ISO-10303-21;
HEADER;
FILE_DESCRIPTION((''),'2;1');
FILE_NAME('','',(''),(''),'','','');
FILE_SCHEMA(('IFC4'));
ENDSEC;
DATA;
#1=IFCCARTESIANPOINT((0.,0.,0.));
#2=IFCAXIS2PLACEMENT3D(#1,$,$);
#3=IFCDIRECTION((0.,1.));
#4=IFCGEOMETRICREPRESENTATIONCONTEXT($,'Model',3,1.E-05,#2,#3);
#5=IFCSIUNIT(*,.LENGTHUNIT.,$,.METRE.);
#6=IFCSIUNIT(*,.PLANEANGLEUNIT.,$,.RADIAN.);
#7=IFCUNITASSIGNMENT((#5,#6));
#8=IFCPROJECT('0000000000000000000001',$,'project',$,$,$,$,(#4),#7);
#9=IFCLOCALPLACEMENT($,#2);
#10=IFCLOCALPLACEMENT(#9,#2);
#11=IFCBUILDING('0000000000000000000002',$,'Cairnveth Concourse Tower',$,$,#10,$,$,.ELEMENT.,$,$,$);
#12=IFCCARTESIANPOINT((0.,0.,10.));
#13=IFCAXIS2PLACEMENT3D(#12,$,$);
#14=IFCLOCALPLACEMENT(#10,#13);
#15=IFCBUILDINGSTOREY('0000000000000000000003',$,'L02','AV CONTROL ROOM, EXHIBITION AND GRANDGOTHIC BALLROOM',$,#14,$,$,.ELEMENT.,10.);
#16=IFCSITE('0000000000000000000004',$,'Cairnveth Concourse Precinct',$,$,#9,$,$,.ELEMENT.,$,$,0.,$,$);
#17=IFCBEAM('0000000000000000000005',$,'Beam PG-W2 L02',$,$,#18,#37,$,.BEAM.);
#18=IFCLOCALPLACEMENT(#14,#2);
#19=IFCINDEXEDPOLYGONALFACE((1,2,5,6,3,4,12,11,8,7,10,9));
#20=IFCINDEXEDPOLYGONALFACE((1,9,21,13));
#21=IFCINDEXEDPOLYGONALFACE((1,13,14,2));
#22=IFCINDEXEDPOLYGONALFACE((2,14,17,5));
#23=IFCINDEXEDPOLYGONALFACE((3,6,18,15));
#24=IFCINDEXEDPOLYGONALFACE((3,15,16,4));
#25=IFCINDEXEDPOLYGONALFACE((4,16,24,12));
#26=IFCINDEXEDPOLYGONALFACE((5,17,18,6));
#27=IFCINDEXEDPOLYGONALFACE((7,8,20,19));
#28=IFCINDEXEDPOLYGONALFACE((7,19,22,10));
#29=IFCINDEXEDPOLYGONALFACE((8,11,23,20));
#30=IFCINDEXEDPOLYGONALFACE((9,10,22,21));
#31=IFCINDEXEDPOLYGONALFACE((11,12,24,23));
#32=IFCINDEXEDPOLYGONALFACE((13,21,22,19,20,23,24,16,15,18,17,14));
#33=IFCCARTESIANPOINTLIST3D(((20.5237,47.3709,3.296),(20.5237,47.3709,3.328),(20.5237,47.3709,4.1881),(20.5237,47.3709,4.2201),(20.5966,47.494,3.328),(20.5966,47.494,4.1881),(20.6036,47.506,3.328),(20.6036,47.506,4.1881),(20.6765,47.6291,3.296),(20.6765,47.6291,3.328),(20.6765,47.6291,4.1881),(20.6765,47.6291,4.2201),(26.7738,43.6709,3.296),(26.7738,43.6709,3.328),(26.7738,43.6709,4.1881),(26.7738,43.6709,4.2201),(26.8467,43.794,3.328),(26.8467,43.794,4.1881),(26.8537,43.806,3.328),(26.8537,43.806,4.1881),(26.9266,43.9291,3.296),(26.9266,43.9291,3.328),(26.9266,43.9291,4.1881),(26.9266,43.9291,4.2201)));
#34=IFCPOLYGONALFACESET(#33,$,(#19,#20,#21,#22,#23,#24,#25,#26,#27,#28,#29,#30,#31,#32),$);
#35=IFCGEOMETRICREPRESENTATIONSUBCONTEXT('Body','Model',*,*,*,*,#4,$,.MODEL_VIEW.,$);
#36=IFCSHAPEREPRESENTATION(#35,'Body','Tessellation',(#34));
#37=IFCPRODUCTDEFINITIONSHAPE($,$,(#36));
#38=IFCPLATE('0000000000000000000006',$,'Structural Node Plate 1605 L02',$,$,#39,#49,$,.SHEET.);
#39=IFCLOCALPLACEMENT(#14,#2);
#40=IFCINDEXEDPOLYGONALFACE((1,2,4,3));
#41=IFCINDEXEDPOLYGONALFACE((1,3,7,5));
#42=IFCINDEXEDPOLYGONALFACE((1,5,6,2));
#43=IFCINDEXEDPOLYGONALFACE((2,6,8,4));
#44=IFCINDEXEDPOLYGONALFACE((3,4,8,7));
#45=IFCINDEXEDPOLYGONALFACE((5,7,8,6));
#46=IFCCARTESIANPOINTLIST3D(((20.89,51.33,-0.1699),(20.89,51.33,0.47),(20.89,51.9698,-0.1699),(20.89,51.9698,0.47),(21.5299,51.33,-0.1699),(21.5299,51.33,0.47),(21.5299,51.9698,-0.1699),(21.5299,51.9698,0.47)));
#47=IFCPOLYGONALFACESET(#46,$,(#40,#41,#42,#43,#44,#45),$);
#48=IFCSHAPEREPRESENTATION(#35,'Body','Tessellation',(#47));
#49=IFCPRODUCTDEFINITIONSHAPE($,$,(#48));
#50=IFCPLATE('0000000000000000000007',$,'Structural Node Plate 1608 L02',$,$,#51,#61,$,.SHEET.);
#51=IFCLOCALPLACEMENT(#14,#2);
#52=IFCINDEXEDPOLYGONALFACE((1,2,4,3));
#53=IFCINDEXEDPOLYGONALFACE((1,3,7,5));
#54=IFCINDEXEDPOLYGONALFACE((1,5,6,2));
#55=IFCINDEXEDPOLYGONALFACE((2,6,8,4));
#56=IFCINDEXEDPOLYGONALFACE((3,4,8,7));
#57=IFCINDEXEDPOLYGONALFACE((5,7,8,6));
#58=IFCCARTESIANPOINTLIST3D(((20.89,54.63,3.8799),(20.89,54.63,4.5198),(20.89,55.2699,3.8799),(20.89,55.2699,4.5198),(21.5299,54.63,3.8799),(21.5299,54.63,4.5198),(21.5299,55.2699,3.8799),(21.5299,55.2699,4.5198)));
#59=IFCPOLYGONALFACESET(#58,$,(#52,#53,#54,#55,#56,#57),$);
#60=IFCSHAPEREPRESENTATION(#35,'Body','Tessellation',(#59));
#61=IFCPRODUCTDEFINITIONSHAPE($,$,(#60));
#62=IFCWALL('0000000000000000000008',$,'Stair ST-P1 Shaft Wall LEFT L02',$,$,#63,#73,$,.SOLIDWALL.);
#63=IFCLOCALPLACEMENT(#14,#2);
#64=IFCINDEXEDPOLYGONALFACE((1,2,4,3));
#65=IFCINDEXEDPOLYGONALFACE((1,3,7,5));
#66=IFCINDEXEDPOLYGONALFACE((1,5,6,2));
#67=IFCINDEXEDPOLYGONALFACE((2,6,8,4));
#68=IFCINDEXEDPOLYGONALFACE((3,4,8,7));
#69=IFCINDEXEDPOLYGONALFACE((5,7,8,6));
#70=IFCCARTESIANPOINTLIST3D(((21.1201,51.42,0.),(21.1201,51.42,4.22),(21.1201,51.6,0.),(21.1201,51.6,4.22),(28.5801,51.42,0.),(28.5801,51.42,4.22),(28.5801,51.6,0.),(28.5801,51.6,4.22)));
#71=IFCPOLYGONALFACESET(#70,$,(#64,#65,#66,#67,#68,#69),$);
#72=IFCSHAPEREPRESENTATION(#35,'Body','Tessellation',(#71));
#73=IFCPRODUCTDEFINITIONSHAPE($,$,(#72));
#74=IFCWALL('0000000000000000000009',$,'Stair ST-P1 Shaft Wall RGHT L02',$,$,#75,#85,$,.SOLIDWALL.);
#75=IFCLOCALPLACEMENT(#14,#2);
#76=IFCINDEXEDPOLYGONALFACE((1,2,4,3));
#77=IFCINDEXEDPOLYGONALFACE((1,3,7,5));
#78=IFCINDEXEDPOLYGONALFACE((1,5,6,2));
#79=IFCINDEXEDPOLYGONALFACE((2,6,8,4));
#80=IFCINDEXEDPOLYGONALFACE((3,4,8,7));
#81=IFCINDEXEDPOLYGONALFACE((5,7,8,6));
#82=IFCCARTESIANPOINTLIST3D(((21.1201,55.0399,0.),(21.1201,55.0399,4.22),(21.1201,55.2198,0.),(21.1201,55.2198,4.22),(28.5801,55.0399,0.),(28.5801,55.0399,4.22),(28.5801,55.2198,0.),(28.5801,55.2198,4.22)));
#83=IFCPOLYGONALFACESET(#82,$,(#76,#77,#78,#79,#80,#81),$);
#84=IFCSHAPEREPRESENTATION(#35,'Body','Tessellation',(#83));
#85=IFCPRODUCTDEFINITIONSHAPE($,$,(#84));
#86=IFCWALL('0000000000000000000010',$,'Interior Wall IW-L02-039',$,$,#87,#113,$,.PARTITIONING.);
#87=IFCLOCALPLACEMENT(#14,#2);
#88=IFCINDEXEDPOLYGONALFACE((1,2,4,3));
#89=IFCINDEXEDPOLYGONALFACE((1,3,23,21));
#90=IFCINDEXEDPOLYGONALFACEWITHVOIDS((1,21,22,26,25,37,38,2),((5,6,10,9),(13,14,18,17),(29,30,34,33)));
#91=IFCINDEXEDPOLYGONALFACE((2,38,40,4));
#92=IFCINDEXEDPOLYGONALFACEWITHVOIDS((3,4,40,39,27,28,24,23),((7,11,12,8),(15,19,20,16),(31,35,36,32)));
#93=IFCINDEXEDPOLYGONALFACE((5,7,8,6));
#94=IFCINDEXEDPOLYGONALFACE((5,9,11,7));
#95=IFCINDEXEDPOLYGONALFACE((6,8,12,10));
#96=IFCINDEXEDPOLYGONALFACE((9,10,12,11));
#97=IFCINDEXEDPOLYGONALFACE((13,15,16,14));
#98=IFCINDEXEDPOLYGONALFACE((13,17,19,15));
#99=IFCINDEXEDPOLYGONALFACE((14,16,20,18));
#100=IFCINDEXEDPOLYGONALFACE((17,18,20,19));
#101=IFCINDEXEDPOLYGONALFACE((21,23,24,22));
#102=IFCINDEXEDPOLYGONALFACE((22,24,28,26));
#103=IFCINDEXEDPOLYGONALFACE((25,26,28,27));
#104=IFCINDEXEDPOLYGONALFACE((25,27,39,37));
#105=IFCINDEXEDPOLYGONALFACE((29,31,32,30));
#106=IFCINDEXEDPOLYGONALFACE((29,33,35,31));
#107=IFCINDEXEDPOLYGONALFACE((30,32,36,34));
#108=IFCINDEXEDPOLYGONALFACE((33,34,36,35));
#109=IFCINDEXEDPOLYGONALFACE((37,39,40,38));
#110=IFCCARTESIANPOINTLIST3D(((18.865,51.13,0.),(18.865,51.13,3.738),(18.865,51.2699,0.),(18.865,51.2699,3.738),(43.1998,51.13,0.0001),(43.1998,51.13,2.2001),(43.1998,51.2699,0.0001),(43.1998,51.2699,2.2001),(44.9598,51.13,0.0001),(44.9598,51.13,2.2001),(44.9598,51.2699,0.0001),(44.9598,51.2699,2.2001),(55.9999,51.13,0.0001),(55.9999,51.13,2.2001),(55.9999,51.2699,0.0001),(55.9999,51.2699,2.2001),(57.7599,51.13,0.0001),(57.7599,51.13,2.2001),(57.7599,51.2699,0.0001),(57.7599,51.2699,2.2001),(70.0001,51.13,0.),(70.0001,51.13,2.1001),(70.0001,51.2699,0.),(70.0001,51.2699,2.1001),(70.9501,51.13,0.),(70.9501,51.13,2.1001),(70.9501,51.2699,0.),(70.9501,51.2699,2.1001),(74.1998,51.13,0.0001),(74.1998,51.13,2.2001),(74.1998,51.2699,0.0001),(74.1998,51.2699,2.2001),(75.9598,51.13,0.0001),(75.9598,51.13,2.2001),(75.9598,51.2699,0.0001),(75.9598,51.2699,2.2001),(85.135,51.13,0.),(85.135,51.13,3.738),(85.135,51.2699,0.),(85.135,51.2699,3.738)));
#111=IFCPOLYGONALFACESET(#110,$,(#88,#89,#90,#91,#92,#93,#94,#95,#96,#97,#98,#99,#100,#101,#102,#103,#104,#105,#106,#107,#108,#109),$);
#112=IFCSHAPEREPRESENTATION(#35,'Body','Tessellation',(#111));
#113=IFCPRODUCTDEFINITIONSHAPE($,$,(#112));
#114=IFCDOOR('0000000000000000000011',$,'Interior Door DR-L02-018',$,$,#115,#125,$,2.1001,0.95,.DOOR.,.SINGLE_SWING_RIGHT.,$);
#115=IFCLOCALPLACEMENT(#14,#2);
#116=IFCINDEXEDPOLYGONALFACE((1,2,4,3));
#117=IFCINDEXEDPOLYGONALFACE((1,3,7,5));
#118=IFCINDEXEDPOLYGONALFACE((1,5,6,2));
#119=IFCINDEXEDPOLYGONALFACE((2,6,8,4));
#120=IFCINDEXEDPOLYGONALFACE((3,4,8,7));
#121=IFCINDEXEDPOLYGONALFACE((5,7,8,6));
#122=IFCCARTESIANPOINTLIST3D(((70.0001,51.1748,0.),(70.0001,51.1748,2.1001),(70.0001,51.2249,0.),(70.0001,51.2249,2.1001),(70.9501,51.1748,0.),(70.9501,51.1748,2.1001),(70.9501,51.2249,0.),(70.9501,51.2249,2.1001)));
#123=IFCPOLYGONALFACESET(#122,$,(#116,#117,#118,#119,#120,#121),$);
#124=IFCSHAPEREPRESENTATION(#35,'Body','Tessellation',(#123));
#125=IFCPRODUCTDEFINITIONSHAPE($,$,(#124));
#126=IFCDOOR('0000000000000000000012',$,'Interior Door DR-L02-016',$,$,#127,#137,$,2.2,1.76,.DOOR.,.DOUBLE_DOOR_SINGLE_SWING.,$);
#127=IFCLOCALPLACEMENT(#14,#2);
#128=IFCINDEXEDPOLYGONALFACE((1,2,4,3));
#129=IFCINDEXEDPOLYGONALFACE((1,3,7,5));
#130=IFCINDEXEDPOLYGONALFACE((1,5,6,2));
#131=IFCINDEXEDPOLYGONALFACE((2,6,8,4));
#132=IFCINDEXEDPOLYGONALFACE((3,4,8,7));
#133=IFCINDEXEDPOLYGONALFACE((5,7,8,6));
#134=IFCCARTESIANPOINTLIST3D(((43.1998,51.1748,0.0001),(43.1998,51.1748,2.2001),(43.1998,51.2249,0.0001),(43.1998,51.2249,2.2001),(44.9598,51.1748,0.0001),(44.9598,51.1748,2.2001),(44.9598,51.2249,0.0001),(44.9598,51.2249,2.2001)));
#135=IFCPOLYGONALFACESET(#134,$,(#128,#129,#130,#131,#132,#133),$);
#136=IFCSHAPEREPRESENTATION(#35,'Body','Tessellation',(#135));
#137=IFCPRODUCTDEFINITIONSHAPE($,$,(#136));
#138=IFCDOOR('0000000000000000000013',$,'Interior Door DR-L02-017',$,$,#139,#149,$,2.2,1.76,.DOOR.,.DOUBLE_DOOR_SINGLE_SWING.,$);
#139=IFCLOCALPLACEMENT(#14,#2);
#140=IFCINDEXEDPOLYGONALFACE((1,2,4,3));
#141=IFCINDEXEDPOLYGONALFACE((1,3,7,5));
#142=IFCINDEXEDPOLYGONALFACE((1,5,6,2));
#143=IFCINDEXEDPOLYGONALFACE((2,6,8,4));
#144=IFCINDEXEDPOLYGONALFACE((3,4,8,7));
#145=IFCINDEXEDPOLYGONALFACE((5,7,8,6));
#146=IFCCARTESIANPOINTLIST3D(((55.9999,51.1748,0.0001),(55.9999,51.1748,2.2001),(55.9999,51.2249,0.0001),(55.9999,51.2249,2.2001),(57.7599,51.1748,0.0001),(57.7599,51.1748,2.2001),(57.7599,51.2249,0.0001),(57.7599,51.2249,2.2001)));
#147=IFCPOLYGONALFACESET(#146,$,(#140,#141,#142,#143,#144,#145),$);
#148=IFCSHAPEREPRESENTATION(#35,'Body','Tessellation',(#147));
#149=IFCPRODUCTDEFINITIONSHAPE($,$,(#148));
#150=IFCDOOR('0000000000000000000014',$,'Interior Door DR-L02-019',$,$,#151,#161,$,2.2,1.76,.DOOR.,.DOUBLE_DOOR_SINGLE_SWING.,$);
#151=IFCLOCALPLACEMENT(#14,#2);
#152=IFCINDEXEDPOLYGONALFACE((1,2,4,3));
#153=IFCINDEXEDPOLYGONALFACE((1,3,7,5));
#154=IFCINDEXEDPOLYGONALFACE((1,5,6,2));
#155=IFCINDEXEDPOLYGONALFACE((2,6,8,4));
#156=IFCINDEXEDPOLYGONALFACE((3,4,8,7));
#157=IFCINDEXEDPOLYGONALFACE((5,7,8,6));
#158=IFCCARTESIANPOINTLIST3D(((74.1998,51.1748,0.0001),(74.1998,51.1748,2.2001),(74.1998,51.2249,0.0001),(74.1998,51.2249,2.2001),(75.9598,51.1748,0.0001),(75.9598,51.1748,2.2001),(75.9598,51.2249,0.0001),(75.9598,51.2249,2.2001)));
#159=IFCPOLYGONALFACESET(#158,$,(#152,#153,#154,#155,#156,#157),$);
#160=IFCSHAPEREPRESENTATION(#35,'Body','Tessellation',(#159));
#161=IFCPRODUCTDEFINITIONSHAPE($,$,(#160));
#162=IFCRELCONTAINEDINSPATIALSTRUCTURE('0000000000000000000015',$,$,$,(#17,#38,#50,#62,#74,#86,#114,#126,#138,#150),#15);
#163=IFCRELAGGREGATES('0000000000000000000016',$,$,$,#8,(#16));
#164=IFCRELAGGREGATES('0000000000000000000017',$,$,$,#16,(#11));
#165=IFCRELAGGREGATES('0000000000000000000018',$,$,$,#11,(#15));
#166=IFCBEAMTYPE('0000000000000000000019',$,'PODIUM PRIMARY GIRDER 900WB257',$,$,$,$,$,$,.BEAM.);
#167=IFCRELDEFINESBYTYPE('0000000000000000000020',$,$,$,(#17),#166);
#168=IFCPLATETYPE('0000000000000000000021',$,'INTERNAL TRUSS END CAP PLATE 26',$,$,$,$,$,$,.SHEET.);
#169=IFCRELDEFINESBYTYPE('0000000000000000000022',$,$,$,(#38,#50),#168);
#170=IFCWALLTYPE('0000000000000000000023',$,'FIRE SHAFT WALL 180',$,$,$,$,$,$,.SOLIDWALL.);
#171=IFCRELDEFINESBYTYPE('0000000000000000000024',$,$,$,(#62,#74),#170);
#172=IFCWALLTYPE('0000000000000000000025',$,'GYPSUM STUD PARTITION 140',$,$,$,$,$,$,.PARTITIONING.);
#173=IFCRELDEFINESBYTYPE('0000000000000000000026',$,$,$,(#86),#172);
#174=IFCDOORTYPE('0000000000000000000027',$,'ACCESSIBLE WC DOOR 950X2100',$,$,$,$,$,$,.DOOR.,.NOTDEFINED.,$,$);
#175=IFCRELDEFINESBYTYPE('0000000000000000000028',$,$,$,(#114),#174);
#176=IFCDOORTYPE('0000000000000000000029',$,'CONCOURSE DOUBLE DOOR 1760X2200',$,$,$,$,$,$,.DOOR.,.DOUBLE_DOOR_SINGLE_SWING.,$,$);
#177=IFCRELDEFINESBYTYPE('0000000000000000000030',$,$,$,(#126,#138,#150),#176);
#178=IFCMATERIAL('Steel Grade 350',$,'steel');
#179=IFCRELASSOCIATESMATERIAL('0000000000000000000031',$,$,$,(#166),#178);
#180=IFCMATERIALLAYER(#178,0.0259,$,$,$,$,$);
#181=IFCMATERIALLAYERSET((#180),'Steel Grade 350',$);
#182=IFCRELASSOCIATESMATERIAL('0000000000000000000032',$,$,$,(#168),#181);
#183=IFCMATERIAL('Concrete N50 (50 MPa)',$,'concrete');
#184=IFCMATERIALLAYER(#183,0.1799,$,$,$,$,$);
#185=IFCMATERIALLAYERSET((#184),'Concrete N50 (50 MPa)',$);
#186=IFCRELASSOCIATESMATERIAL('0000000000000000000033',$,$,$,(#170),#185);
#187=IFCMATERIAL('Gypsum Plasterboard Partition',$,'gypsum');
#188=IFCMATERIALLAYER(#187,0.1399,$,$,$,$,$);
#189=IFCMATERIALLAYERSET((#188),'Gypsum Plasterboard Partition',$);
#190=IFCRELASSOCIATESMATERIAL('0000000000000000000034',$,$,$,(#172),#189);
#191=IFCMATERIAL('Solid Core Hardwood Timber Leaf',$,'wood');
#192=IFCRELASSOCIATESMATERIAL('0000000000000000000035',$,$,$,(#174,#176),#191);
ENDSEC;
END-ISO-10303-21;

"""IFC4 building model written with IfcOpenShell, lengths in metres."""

from ifc_helpers import new_model, si_unit, direction, frame, frame_2d, origin, origin_2d, place, context, subcontext, project, spatial, rectangle, i_section, extrude, material, layer, layer_set, material_profile, profile_set, type_object, element, fill, save


model = new_model("IFC4")

# Units and contexts
model_context = context("Model", 3, precision=1e-05, world=origin(), true_north=direction((0.0, 1.0)))
body_context = subcontext(model_context, "Body", "Model", "MODEL_VIEW")
ifc_project = project(units=[si_unit("LENGTHUNIT", "METRE"), si_unit("PLANEANGLEUNIT", "RADIAN")], contexts=[model_context])

# Site, building, storey
site_placement = place(None, origin())
site = spatial("IfcSite", under=ifc_project, at=site_placement, Name="Cairnveth Concourse Precinct", CompositionType="ELEMENT", RefElevation=0.0)
building_placement = place(site_placement, origin())
building = spatial("IfcBuilding", under=site, at=building_placement, Name="Cairnveth Concourse Tower", CompositionType="ELEMENT")
storey_placement = place(building_placement, frame((0.0, 0.0, 10.0)))
storey = spatial("IfcBuildingStorey", under=building, at=storey_placement, Name="L02", Description="AV CONTROL ROOM, EXHIBITION AND GRANDGOTHIC BALLROOM", CompositionType="ELEMENT", Elevation=10.0)

# Shared definitions
ifc_material_1 = material(Name="Steel Grade 350", Category="steel")

# Beam
ifc_material_profile_1 = material_profile(ifc_material_1, i_section(OverallWidth=0.3, OverallDepth=0.9241, WebThickness=0.0139, FlangeThickness=0.032, at=origin_2d()), Name="900WB257")
ifc_profile_set_1 = profile_set([ifc_material_profile_1], Name="Steel Grade 350")
beam_type_1 = type_object("IfcBeamType", Name="PODIUM PRIMARY GIRDER 900WB257", PredefinedType="BEAM", material=ifc_profile_set_1)
beam_1_placement = place(storey_placement, frame((20.6001, 47.5, 3.7581), z_axis=(0.860518, -0.50942, 0.0), x_axis=(0.50942, 0.860518, 0.0)))
element("IfcBeam", 1, at=beam_1_placement, inside=storey, type_object=beam_type_1, Name="Beam PG-W2 L02", PredefinedType="BEAM", context=body_context, shape_type="SweptSolid", body=[
    extrude(i_section(OverallWidth=0.3, OverallDepth=0.9241, WebThickness=0.0139, FlangeThickness=0.032, at=origin_2d()), origin(), (0.0, 0.0, 1.0), 7.2632),
])

# Plates
ifc_layer_1 = layer(ifc_material_1, 0.0259)
ifc_layer_set_1 = layer_set([ifc_layer_1], Name="Steel Grade 350")
plate_type = type_object("IfcPlateType", Name="INTERNAL TRUSS END CAP PLATE 26", PredefinedType="SHEET", material=ifc_layer_set_1)
for number, where, z_axis, x_axis, name in (
    (2, (21.21, 51.6499, -0.1699), (0.0, 0.0, 1.0), (1.0, 0.0, 0.0), "Structural Node Plate 1605 L02"),
    (3, (21.21, 54.95, 3.8799), (0.0, 0.0, 1.0), (1.0, 0.0, 0.0), "Structural Node Plate 1608 L02"),
):
    element("IfcPlate", number, at=place(storey_placement, frame(where, z_axis=z_axis, x_axis=x_axis)), inside=storey, type_object=plate_type, Name=name, PredefinedType="SHEET", context=body_context, shape_type="SweptSolid", body=[
        extrude(rectangle(XDim=0.6399, YDim=0.6399, at=origin_2d()), origin(), (0.0, 0.0, 1.0), 0.6399),
    ])

# Shared definitions
ifc_material_2 = material(Name="Concrete N50 (50 MPa)", Category="concrete")
ifc_layer_2 = layer(ifc_material_2, 0.1799)
ifc_layer_set_2 = layer_set([ifc_layer_2], Name="Concrete N50 (50 MPa)")
wall_type_1 = type_object("IfcWallType", Name="FIRE SHAFT WALL 180", PredefinedType="SOLIDWALL", material=ifc_layer_set_2)

# Walls
for number, where, z_axis, x_axis, name in (
    (4, (21.1201, 51.51, 0.0), (0.0, 0.0, 1.0), (1.0, 0.0, 0.0), "Stair ST-P1 Shaft Wall LEFT L02"),
    (5, (21.1201, 55.1299, 0.0), (0.0, 0.0, 1.0), (1.0, 0.0, 0.0), "Stair ST-P1 Shaft Wall RGHT L02"),
):
    element("IfcWall", number, at=place(storey_placement, frame(where, z_axis=z_axis, x_axis=x_axis)), inside=storey, type_object=wall_type_1, Name=name, PredefinedType="SOLIDWALL", context=body_context, shape_type="SweptSolid", body=[
        extrude(rectangle(XDim=7.46, YDim=0.1799, at=frame_2d((3.73, 0.0))), origin(), (0.0, 0.0, 1.0), 4.22),
    ])

# Wall, openings, doors
ifc_material_3 = material(Name="Gypsum Plasterboard Partition", Category="gypsum")
ifc_layer_3 = layer(ifc_material_3, 0.1399)
ifc_layer_set_3 = layer_set([ifc_layer_3], Name="Gypsum Plasterboard Partition")
wall_type_2 = type_object("IfcWallType", Name="GYPSUM STUD PARTITION 140", PredefinedType="PARTITIONING", material=ifc_layer_set_3)
wall_1_placement = place(storey_placement, frame((18.865, 51.2, 0.0), z_axis=(0.0, 0.0, 1.0), x_axis=(1.0, 0.0, 0.0)))
wall_1 = element("IfcWall", 6, at=wall_1_placement, inside=storey, type_object=wall_type_2, Name="Interior Wall IW-L02-039", PredefinedType="PARTITIONING", context=body_context, shape_type="SweptSolid", body=[
    extrude(rectangle(XDim=66.27, YDim=0.1399, at=frame_2d((33.135, 0.0))), origin(), (0.0, 0.0, 1.0), 3.738),
])
opening_1_placement = place(wall_1_placement, frame((24.335, 0.0, 0.0)))
opening_1 = element("IfcOpeningElement", 7, at=opening_1_placement, cuts=wall_1, PredefinedType="OPENING", context=body_context, shape_type="SweptSolid", body=[
    extrude(rectangle(XDim=1.76, YDim=2.2, at=frame_2d((0.8799, 1.1001))), frame((0.0, 0.0798, 0.0), z_axis=(0.0, -1.0, 0.0), x_axis=(1.0, 0.0, 0.0)), (0.0, 0.0, 1.0), 0.1599),
])
opening_2_placement = place(wall_1_placement, frame((37.135, 0.0, 0.0)))
opening_2 = element("IfcOpeningElement", 8, at=opening_2_placement, cuts=wall_1, PredefinedType="OPENING", context=body_context, shape_type="SweptSolid", body=[
    extrude(rectangle(XDim=1.76, YDim=2.2, at=frame_2d((0.8799, 1.1001))), frame((0.0, 0.0798, 0.0), z_axis=(0.0, -1.0, 0.0), x_axis=(1.0, 0.0, 0.0)), (0.0, 0.0, 1.0), 0.1599),
])
opening_3_placement = place(wall_1_placement, frame((51.135, 0.0, 0.0)))
opening_3 = element("IfcOpeningElement", 9, at=opening_3_placement, cuts=wall_1, PredefinedType="OPENING", context=body_context, shape_type="SweptSolid", body=[
    extrude(rectangle(XDim=0.95, YDim=2.1001, at=frame_2d((0.4751, 1.05))), frame((0.0, 0.0798, 0.0), z_axis=(0.0, -1.0, 0.0), x_axis=(1.0, 0.0, 0.0)), (0.0, 0.0, 1.0), 0.1599),
])
opening_4_placement = place(wall_1_placement, frame((55.335, 0.0, 0.0)))
opening_4 = element("IfcOpeningElement", 10, at=opening_4_placement, cuts=wall_1, PredefinedType="OPENING", context=body_context, shape_type="SweptSolid", body=[
    extrude(rectangle(XDim=1.76, YDim=2.2, at=frame_2d((0.8799, 1.1001))), frame((0.0, 0.0798, 0.0), z_axis=(0.0, -1.0, 0.0), x_axis=(1.0, 0.0, 0.0)), (0.0, 0.0, 1.0), 0.1599),
])
ifc_material_4 = material(Name="Solid Core Hardwood Timber Leaf", Category="wood")
door_type_1 = type_object("IfcDoorType", Name="ACCESSIBLE WC DOOR 950X2100", OperationType="NOTDEFINED", PredefinedType="DOOR", material=ifc_material_4)
door_1_placement = place(opening_3_placement, origin())
door_1 = element("IfcDoor", 11, at=door_1_placement, inside=storey, type_object=door_type_1, Name="Interior Door DR-L02-018", OperationType="SINGLE_SWING_RIGHT", OverallHeight=2.1001, OverallWidth=0.95, PredefinedType="DOOR", context=body_context, shape_type="SweptSolid", body=[
    extrude(rectangle(XDim=0.95, YDim=2.1001, at=frame_2d((0.4751, 1.05))), frame((0.0, 0.0249, 0.0), z_axis=(0.0, -1.0, 0.0), x_axis=(1.0, 0.0, 0.0)), (0.0, 0.0, 1.0), 0.05),
])
fill(opening_3, door_1)
door_type_2 = type_object("IfcDoorType", Name="CONCOURSE DOUBLE DOOR 1760X2200", OperationType="DOUBLE_DOOR_SINGLE_SWING", PredefinedType="DOOR", material=ifc_material_4)
door_2_placement = place(opening_1_placement, origin())
door_2 = element("IfcDoor", 12, at=door_2_placement, inside=storey, type_object=door_type_2, Name="Interior Door DR-L02-016", OperationType="DOUBLE_DOOR_SINGLE_SWING", OverallHeight=2.2, OverallWidth=1.76, PredefinedType="DOOR", context=body_context, shape_type="SweptSolid", body=[
    extrude(rectangle(XDim=1.76, YDim=2.2, at=frame_2d((0.8799, 1.1001))), frame((0.0, 0.0249, 0.0), z_axis=(0.0, -1.0, 0.0), x_axis=(1.0, 0.0, 0.0)), (0.0, 0.0, 1.0), 0.05),
])
fill(opening_1, door_2)
door_3_placement = place(opening_2_placement, origin())
door_3 = element("IfcDoor", 13, at=door_3_placement, inside=storey, type_object=door_type_2, Name="Interior Door DR-L02-017", OperationType="DOUBLE_DOOR_SINGLE_SWING", OverallHeight=2.2, OverallWidth=1.76, PredefinedType="DOOR", context=body_context, shape_type="SweptSolid", body=[
    extrude(rectangle(XDim=1.76, YDim=2.2, at=frame_2d((0.8799, 1.1001))), frame((0.0, 0.0249, 0.0), z_axis=(0.0, -1.0, 0.0), x_axis=(1.0, 0.0, 0.0)), (0.0, 0.0, 1.0), 0.05),
])
fill(opening_2, door_3)
door_4_placement = place(opening_4_placement, origin())
door_4 = element("IfcDoor", 14, at=door_4_placement, inside=storey, type_object=door_type_2, Name="Interior Door DR-L02-019", OperationType="DOUBLE_DOOR_SINGLE_SWING", OverallHeight=2.2, OverallWidth=1.76, PredefinedType="DOOR", context=body_context, shape_type="SweptSolid", body=[
    extrude(rectangle(XDim=1.76, YDim=2.2, at=frame_2d((0.8799, 1.1001))), frame((0.0, 0.0249, 0.0), z_axis=(0.0, -1.0, 0.0), x_axis=(1.0, 0.0, 0.0)), (0.0, 0.0, 1.0), 0.05),
])
fill(opening_4, door_4)

save(model, "model.ifc")
